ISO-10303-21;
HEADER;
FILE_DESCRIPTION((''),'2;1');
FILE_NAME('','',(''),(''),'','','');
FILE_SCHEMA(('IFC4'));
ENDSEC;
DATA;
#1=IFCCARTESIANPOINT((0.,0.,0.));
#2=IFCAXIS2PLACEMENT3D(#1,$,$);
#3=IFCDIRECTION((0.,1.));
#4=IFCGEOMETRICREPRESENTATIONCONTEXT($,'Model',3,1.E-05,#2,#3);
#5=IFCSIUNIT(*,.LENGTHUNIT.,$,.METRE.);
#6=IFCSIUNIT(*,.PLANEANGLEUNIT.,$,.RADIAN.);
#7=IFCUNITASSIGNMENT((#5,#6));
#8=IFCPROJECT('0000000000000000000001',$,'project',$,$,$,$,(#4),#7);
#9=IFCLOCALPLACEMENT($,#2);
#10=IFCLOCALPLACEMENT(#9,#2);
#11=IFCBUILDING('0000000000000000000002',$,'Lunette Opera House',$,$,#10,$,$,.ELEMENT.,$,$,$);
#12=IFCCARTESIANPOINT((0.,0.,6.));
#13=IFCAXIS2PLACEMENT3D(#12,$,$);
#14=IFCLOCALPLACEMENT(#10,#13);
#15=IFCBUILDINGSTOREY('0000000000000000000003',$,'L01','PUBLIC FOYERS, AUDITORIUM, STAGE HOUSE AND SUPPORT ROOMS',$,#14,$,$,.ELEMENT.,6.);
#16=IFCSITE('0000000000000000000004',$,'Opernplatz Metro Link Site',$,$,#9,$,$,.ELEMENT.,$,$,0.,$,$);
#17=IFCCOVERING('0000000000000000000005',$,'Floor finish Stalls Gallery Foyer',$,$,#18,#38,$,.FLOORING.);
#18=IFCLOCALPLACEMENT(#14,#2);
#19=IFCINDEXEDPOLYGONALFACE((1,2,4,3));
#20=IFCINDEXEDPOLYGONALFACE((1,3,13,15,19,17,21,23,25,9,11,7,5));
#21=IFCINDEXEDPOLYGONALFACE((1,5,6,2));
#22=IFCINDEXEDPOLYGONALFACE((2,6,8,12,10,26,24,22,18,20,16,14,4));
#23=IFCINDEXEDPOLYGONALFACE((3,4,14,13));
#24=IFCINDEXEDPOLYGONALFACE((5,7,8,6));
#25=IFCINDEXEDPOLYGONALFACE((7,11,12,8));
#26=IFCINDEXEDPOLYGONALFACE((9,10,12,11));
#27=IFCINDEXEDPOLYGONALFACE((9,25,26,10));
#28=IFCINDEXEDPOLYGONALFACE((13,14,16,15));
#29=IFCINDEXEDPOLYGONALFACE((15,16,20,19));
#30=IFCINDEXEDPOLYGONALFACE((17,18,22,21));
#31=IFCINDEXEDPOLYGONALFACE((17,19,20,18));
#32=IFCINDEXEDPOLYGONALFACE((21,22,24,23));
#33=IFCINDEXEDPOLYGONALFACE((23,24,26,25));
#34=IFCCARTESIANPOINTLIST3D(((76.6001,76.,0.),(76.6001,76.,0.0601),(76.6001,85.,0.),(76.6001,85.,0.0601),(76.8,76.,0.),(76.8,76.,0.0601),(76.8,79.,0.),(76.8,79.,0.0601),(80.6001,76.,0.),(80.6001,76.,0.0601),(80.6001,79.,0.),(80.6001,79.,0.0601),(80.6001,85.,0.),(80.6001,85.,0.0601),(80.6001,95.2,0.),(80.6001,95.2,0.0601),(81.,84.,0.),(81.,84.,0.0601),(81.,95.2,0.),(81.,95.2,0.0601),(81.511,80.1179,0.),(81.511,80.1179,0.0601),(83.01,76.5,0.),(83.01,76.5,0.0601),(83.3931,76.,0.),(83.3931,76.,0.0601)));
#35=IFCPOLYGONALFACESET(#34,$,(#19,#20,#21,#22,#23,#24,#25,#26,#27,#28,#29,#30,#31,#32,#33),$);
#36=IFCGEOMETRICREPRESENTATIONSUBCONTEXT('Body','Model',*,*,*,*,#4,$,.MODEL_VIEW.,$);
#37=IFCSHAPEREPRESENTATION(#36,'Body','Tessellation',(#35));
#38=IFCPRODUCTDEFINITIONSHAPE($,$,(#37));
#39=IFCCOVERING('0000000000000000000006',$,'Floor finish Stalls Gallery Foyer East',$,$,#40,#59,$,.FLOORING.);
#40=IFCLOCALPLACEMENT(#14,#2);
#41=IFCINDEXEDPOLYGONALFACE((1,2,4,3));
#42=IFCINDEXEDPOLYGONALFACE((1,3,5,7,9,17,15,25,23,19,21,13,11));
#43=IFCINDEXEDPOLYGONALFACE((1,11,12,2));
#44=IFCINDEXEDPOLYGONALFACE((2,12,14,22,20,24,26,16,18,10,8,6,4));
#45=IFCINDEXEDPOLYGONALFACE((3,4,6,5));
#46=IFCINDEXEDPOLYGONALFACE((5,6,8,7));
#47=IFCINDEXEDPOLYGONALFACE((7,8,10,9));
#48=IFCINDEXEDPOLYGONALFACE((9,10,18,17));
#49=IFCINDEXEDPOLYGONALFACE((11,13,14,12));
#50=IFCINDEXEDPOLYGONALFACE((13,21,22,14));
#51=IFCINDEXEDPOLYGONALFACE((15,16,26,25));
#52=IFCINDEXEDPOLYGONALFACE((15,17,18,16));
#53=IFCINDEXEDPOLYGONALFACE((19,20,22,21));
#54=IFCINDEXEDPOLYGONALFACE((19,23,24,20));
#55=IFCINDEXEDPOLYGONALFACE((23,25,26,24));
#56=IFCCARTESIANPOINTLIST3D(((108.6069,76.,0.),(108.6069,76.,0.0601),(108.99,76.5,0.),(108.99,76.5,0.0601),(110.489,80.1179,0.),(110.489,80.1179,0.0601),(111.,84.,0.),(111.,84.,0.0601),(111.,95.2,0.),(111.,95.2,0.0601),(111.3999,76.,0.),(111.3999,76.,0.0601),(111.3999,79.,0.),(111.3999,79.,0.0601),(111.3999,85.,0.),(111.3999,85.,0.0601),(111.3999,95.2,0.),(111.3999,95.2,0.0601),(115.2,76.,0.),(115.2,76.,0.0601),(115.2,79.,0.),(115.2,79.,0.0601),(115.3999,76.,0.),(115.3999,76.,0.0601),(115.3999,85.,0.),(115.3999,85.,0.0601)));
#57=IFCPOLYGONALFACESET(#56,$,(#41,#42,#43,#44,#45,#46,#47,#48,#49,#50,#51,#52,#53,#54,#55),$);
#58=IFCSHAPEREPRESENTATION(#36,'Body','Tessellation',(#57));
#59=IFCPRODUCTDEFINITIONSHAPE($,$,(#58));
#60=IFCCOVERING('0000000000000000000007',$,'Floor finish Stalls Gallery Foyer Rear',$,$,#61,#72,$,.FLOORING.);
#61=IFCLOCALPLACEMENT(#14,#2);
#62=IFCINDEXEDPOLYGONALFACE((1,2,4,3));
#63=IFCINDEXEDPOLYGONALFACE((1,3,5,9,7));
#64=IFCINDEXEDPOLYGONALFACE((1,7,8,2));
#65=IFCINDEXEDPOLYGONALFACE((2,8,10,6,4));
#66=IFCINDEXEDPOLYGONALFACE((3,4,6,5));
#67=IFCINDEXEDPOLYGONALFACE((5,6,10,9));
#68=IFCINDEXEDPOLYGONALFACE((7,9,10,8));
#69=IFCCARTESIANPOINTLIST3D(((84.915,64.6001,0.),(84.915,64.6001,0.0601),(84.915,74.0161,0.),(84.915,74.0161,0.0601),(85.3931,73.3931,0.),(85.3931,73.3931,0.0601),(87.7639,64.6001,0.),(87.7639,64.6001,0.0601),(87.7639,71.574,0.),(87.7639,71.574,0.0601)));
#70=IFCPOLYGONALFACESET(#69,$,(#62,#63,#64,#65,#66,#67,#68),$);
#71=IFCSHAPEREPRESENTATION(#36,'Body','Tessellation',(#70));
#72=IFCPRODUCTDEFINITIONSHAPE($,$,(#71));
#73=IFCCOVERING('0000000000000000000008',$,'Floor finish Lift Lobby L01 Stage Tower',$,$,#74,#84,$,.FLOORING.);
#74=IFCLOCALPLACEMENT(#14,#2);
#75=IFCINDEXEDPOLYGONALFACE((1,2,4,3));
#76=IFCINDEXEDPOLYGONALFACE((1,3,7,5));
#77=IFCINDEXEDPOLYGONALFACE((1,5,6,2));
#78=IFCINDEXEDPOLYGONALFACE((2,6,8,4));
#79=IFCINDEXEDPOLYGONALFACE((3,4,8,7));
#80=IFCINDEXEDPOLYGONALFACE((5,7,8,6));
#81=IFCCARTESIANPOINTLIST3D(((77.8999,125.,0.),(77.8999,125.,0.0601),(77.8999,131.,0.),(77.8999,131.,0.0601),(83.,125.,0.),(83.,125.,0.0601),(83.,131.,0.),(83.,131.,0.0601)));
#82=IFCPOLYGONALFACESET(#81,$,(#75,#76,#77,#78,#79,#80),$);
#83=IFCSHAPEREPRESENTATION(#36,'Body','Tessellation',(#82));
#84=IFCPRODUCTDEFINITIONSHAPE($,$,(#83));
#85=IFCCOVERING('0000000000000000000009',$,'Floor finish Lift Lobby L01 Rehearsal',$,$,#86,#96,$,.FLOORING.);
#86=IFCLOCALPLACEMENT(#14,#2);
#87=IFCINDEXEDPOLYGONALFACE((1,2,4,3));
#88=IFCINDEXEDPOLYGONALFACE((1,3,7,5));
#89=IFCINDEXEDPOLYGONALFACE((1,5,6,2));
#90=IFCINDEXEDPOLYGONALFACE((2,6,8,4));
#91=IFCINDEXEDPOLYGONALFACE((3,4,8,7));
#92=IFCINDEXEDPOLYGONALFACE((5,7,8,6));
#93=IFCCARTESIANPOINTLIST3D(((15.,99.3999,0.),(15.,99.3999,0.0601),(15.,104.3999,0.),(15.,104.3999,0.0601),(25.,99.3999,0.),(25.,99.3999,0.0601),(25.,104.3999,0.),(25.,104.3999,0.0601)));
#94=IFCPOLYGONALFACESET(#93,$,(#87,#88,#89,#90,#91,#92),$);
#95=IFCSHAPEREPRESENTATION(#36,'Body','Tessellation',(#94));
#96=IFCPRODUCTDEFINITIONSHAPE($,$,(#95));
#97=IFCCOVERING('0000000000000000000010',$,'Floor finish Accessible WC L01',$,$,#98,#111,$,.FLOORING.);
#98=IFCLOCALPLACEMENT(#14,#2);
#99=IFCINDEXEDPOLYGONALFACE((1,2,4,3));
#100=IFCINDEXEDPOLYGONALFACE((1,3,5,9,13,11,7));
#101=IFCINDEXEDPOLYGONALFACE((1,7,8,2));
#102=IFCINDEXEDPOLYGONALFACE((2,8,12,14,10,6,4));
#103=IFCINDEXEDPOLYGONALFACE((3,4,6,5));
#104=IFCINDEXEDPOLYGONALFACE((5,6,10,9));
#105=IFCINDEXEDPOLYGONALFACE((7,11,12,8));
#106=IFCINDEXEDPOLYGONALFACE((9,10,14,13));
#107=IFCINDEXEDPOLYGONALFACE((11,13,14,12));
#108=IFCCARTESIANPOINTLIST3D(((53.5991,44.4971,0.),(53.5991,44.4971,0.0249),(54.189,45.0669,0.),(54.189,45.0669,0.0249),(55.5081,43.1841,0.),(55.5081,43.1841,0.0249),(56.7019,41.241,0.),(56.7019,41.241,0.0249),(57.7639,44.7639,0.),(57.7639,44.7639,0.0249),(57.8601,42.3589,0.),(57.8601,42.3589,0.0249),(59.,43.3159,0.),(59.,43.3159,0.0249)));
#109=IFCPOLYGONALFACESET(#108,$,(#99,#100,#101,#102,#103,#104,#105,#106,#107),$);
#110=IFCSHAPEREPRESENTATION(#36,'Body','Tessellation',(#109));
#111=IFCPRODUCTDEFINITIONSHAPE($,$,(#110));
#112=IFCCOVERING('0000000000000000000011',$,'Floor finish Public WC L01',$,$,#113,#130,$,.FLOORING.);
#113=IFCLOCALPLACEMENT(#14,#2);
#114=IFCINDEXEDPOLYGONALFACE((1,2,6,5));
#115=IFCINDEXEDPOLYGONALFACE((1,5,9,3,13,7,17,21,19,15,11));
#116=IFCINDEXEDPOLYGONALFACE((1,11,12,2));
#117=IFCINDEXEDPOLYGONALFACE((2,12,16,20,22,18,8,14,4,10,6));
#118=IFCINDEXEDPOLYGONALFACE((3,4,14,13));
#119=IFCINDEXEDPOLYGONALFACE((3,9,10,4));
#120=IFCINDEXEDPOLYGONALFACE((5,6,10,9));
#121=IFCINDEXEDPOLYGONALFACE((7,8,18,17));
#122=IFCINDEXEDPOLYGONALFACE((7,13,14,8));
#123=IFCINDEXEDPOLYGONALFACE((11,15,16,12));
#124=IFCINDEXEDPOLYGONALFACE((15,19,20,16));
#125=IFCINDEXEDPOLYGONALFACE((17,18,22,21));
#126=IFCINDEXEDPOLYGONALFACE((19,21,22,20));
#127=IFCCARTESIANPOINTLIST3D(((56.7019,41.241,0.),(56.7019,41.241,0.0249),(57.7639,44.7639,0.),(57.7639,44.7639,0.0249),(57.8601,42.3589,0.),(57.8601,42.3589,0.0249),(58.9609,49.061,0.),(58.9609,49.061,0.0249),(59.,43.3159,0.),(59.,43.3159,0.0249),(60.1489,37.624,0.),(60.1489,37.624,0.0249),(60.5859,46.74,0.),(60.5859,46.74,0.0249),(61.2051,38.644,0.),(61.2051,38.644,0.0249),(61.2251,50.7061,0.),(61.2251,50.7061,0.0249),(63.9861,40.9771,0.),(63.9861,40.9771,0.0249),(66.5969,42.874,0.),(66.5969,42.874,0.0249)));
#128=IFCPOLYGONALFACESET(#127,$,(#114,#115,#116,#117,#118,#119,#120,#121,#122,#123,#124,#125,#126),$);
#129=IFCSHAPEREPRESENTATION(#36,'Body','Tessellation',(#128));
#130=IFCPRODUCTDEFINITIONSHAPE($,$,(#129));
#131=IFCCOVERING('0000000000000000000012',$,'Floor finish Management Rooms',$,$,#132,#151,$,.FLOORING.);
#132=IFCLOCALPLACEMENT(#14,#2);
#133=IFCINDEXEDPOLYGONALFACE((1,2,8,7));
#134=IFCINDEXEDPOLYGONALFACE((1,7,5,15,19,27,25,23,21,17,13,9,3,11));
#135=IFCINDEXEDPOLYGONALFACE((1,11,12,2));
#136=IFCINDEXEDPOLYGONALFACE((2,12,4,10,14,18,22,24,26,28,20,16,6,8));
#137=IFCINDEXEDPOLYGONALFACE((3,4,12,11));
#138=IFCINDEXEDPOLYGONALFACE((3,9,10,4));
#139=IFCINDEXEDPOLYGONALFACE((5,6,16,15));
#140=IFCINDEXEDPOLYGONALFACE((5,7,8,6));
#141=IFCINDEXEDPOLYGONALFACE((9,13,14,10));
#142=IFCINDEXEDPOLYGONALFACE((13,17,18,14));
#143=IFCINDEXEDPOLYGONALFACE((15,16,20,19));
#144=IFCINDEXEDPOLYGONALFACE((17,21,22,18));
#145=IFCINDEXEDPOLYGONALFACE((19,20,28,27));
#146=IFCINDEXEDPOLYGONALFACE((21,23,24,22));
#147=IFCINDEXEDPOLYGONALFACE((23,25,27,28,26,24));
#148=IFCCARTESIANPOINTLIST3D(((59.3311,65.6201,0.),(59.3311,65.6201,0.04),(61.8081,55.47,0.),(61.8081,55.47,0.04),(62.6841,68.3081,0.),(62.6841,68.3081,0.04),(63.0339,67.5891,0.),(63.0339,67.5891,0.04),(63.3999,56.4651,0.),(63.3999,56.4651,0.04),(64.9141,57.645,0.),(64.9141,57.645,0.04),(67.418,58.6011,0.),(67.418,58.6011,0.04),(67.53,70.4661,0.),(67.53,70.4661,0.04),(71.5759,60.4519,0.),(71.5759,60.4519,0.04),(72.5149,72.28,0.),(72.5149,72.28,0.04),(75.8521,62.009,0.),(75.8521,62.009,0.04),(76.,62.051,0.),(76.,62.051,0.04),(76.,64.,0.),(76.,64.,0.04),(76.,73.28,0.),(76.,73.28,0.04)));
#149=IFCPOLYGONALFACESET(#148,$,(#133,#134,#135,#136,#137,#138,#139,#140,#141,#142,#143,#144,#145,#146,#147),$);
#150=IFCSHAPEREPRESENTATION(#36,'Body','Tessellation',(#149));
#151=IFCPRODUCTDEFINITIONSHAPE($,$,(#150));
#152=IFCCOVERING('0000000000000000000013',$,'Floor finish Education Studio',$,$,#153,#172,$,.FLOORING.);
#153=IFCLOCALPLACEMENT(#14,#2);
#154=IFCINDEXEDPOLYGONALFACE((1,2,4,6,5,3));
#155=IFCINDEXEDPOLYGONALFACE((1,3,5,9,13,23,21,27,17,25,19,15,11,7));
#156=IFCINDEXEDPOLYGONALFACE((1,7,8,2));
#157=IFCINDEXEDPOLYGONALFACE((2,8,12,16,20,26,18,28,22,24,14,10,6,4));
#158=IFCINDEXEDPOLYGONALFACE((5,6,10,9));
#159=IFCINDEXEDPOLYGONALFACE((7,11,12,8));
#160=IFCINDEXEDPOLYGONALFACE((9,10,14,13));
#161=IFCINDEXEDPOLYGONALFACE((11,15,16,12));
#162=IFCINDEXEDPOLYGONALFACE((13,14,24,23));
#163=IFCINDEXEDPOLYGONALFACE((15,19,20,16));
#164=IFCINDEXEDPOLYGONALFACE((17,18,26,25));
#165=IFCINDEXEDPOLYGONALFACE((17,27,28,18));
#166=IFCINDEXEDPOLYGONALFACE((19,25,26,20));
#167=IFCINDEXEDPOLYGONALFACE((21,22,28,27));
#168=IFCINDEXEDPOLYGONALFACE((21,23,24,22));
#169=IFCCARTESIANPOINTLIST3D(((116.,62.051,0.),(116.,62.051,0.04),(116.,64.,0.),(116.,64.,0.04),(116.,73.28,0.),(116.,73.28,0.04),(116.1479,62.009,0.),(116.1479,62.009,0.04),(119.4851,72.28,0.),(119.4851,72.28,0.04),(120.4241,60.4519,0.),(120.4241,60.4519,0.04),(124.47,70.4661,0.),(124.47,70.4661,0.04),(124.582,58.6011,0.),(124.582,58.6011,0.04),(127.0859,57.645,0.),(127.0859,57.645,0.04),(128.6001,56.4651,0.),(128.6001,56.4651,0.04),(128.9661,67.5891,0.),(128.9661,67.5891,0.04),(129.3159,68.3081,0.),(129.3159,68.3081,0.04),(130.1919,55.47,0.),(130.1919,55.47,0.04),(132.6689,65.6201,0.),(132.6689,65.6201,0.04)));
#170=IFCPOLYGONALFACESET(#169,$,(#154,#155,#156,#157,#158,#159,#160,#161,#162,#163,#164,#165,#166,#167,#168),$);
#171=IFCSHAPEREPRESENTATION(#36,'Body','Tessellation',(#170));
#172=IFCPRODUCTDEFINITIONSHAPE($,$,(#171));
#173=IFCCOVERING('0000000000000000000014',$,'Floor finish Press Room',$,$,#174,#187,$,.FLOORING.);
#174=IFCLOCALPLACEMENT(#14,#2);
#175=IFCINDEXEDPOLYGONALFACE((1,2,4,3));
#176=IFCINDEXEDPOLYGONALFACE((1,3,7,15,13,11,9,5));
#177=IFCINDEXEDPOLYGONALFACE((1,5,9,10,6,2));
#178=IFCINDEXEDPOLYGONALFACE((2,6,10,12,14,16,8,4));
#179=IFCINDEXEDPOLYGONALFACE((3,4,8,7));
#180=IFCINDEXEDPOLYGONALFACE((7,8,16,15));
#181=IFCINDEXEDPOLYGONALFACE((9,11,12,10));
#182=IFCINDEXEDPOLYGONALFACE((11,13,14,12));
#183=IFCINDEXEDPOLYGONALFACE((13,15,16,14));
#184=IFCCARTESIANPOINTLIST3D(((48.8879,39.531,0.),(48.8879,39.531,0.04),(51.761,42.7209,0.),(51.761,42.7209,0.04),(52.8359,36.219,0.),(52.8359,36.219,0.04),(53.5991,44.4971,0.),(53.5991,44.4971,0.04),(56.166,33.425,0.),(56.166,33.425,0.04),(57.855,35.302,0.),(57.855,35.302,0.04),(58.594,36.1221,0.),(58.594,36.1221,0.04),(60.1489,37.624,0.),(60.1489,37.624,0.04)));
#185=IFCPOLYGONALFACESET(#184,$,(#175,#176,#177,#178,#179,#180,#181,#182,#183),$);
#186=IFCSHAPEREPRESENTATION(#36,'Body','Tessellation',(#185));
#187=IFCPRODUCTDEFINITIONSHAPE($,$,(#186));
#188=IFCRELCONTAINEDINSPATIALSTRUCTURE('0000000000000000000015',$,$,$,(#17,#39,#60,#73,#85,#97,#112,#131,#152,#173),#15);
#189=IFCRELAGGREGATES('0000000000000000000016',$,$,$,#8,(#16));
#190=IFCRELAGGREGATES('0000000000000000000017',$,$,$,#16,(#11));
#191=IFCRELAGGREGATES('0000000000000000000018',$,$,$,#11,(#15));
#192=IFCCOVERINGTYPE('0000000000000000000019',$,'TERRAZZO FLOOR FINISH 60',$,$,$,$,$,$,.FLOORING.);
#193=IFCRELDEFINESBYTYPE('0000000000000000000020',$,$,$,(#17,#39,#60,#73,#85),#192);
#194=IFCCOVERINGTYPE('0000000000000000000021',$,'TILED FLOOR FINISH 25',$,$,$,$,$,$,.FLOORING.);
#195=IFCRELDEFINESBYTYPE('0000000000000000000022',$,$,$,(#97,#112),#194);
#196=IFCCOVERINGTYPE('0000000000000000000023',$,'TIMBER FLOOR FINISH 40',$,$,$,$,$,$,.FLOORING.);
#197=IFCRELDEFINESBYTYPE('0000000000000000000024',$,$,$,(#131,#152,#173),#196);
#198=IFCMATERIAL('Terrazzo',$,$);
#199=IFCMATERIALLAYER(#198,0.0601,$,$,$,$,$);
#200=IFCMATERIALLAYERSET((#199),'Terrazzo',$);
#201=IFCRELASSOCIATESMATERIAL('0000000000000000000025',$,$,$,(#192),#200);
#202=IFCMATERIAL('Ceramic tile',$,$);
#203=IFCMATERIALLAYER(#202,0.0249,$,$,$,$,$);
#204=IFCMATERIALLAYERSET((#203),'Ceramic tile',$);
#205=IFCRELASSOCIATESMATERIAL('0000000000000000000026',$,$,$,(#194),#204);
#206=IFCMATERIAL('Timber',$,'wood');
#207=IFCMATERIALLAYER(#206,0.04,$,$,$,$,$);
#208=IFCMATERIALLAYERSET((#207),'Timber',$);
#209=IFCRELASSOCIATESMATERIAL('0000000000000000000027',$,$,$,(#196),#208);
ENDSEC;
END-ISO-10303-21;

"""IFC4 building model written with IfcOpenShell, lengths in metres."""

from ifc_helpers import new_model, si_unit, direction, frame, origin, place, context, subcontext, project, spatial, polyline, outline, extrude, material, layer, layer_set, type_object, element, save


model = new_model("IFC4")

# Units and contexts
model_context = context("Model", 3, precision=1e-05, world=origin(), true_north=direction((0.0, 1.0)))
body_context = subcontext(model_context, "Body", "Model", "MODEL_VIEW")
ifc_project = project(units=[si_unit("LENGTHUNIT", "METRE"), si_unit("PLANEANGLEUNIT", "RADIAN")], contexts=[model_context])

# Site, building, storey
site_placement = place(None, origin())
site = spatial("IfcSite", under=ifc_project, at=site_placement, Name="Opernplatz Metro Link Site", CompositionType="ELEMENT", RefElevation=0.0)
building_placement = place(site_placement, origin())
building = spatial("IfcBuilding", under=site, at=building_placement, Name="Lunette Opera House", CompositionType="ELEMENT")
storey_placement = place(building_placement, frame((0.0, 0.0, 6.0)))
storey = spatial("IfcBuildingStorey", under=building, at=storey_placement, Name="L01", Description="PUBLIC FOYERS, AUDITORIUM, STAGE HOUSE AND SUPPORT ROOMS", CompositionType="ELEMENT", Elevation=6.0)

# Coverings
ifc_material_1 = material(Name="Terrazzo")
ifc_layer_1 = layer(ifc_material_1, 0.0601)
ifc_layer_set_1 = layer_set([ifc_layer_1], Name="Terrazzo")
covering_type_1 = type_object("IfcCoveringType", Name="TERRAZZO FLOOR FINISH 60", PredefinedType="FLOORING", material=ifc_layer_set_1)
covering_1_placement = place(storey_placement, origin())
element("IfcCovering", 1, at=covering_1_placement, inside=storey, type_object=covering_type_1, Name="Floor finish Stalls Gallery Foyer", PredefinedType="FLOORING", context=body_context, shape_type="SweptSolid", body=[
    extrude(outline(polyline([(80.6001, 95.2), (81.0, 95.2), (81.0, 84.0), (81.511, 80.1179), (83.01, 76.5), (83.3931, 76.0), (80.6001, 76.0), (80.6001, 79.0), (76.8, 79.0), (76.8, 76.0), (76.6001, 76.0), (76.6001, 85.0), (80.6001, 85.0), (80.6001, 95.2)])), origin(), (0.0, 0.0, 1.0), 0.0601),
])
covering_2_placement = place(storey_placement, origin())
element("IfcCovering", 2, at=covering_2_placement, inside=storey, type_object=covering_type_1, Name="Floor finish Stalls Gallery Foyer East", PredefinedType="FLOORING", context=body_context, shape_type="SweptSolid", body=[
    extrude(outline(polyline([(111.0, 95.2), (111.3999, 95.2), (111.3999, 85.0), (115.3999, 85.0), (115.3999, 76.0), (115.2, 76.0), (115.2, 79.0), (111.3999, 79.0), (111.3999, 76.0), (108.6069, 76.0), (108.99, 76.5), (110.489, 80.1179), (111.0, 84.0), (111.0, 95.2)])), origin(), (0.0, 0.0, 1.0), 0.0601),
])
covering_3_placement = place(storey_placement, origin())
element("IfcCovering", 3, at=covering_3_placement, inside=storey, type_object=covering_type_1, Name="Floor finish Stalls Gallery Foyer Rear", PredefinedType="FLOORING", context=body_context, shape_type="SweptSolid", body=[
    extrude(outline(polyline([(87.7639, 71.574), (87.7639, 64.6001), (84.915, 64.6001), (84.915, 74.0161), (85.3931, 73.3931), (87.7639, 71.574)])), origin(), (0.0, 0.0, 1.0), 0.0601),
])
covering_4_placement = place(storey_placement, origin())
element("IfcCovering", 4, at=covering_4_placement, inside=storey, type_object=covering_type_1, Name="Floor finish Lift Lobby L01 Stage Tower", PredefinedType="FLOORING", context=body_context, shape_type="SweptSolid", body=[
    extrude(outline(polyline([(83.0, 125.0), (83.0, 131.0), (77.8999, 131.0), (77.8999, 125.0), (83.0, 125.0)])), origin(), (0.0, 0.0, 1.0), 0.0601),
])
covering_5_placement = place(storey_placement, origin())
element("IfcCovering", 5, at=covering_5_placement, inside=storey, type_object=covering_type_1, Name="Floor finish Lift Lobby L01 Rehearsal", PredefinedType="FLOORING", context=body_context, shape_type="SweptSolid", body=[
    extrude(outline(polyline([(25.0, 99.3999), (25.0, 104.3999), (15.0, 104.3999), (15.0, 99.3999), (25.0, 99.3999)])), origin(), (0.0, 0.0, 1.0), 0.0601),
])
ifc_material_2 = material(Name="Ceramic tile")
ifc_layer_2 = layer(ifc_material_2, 0.0249)
ifc_layer_set_2 = layer_set([ifc_layer_2], Name="Ceramic tile")
covering_type_2 = type_object("IfcCoveringType", Name="TILED FLOOR FINISH 25", PredefinedType="FLOORING", material=ifc_layer_set_2)
covering_6_placement = place(storey_placement, origin())
element("IfcCovering", 6, at=covering_6_placement, inside=storey, type_object=covering_type_2, Name="Floor finish Accessible WC L01", PredefinedType="FLOORING", context=body_context, shape_type="SweptSolid", body=[
    extrude(outline(polyline([(54.189, 45.0669), (55.5081, 43.1841), (57.7639, 44.7639), (59.0, 43.3159), (57.8601, 42.3589), (56.7019, 41.241), (53.5991, 44.4971), (54.189, 45.0669)])), origin(), (0.0, 0.0, 1.0), 0.0249),
])
covering_7_placement = place(storey_placement, origin())
element("IfcCovering", 7, at=covering_7_placement, inside=storey, type_object=covering_type_2, Name="Floor finish Public WC L01", PredefinedType="FLOORING", context=body_context, shape_type="SweptSolid", body=[
    extrude(outline(polyline([(60.1489, 37.624), (56.7019, 41.241), (57.8601, 42.3589), (59.0, 43.3159), (57.7639, 44.7639), (60.5859, 46.74), (58.9609, 49.061), (61.2251, 50.7061), (66.5969, 42.874), (63.9861, 40.9771), (61.2051, 38.644), (60.1489, 37.624)])), origin(), (0.0, 0.0, 1.0), 0.0249),
])
ifc_material_3 = material(Name="Timber", Category="wood")
ifc_layer_3 = layer(ifc_material_3, 0.04)
ifc_layer_set_3 = layer_set([ifc_layer_3], Name="Timber")
covering_type_3 = type_object("IfcCoveringType", Name="TIMBER FLOOR FINISH 40", PredefinedType="FLOORING", material=ifc_layer_set_3)
covering_8_placement = place(storey_placement, origin())
element("IfcCovering", 8, at=covering_8_placement, inside=storey, type_object=covering_type_3, Name="Floor finish Management Rooms", PredefinedType="FLOORING", context=body_context, shape_type="SweptSolid", body=[
    extrude(outline(polyline([(62.6841, 68.3081), (67.53, 70.4661), (72.5149, 72.28), (76.0, 73.28), (76.0, 64.0), (76.0, 62.051), (75.8521, 62.009), (71.5759, 60.4519), (67.418, 58.6011), (63.3999, 56.4651), (61.8081, 55.47), (64.9141, 57.645), (59.3311, 65.6201), (63.0339, 67.5891), (62.6841, 68.3081)])), origin(), (0.0, 0.0, 1.0), 0.04),
])
covering_9_placement = place(storey_placement, origin())
element("IfcCovering", 9, at=covering_9_placement, inside=storey, type_object=covering_type_3, Name="Floor finish Education Studio", PredefinedType="FLOORING", context=body_context, shape_type="SweptSolid", body=[
    extrude(outline(polyline([(124.47, 70.4661), (129.3159, 68.3081), (128.9661, 67.5891), (132.6689, 65.6201), (127.0859, 57.645), (130.1919, 55.47), (128.6001, 56.4651), (124.582, 58.6011), (120.4241, 60.4519), (116.1479, 62.009), (116.0, 62.051), (116.0, 64.0), (116.0, 73.28), (119.4851, 72.28), (124.47, 70.4661)])), origin(), (0.0, 0.0, 1.0), 0.04),
])
covering_10_placement = place(storey_placement, origin())
element("IfcCovering", 10, at=covering_10_placement, inside=storey, type_object=covering_type_3, Name="Floor finish Press Room", PredefinedType="FLOORING", context=body_context, shape_type="SweptSolid", body=[
    extrude(outline(polyline([(57.855, 35.302), (56.166, 33.425), (52.8359, 36.219), (48.8879, 39.531), (51.761, 42.7209), (53.5991, 44.4971), (60.1489, 37.624), (58.594, 36.1221), (57.855, 35.302)])), origin(), (0.0, 0.0, 1.0), 0.04),
])

save(model, "model.ifc")
